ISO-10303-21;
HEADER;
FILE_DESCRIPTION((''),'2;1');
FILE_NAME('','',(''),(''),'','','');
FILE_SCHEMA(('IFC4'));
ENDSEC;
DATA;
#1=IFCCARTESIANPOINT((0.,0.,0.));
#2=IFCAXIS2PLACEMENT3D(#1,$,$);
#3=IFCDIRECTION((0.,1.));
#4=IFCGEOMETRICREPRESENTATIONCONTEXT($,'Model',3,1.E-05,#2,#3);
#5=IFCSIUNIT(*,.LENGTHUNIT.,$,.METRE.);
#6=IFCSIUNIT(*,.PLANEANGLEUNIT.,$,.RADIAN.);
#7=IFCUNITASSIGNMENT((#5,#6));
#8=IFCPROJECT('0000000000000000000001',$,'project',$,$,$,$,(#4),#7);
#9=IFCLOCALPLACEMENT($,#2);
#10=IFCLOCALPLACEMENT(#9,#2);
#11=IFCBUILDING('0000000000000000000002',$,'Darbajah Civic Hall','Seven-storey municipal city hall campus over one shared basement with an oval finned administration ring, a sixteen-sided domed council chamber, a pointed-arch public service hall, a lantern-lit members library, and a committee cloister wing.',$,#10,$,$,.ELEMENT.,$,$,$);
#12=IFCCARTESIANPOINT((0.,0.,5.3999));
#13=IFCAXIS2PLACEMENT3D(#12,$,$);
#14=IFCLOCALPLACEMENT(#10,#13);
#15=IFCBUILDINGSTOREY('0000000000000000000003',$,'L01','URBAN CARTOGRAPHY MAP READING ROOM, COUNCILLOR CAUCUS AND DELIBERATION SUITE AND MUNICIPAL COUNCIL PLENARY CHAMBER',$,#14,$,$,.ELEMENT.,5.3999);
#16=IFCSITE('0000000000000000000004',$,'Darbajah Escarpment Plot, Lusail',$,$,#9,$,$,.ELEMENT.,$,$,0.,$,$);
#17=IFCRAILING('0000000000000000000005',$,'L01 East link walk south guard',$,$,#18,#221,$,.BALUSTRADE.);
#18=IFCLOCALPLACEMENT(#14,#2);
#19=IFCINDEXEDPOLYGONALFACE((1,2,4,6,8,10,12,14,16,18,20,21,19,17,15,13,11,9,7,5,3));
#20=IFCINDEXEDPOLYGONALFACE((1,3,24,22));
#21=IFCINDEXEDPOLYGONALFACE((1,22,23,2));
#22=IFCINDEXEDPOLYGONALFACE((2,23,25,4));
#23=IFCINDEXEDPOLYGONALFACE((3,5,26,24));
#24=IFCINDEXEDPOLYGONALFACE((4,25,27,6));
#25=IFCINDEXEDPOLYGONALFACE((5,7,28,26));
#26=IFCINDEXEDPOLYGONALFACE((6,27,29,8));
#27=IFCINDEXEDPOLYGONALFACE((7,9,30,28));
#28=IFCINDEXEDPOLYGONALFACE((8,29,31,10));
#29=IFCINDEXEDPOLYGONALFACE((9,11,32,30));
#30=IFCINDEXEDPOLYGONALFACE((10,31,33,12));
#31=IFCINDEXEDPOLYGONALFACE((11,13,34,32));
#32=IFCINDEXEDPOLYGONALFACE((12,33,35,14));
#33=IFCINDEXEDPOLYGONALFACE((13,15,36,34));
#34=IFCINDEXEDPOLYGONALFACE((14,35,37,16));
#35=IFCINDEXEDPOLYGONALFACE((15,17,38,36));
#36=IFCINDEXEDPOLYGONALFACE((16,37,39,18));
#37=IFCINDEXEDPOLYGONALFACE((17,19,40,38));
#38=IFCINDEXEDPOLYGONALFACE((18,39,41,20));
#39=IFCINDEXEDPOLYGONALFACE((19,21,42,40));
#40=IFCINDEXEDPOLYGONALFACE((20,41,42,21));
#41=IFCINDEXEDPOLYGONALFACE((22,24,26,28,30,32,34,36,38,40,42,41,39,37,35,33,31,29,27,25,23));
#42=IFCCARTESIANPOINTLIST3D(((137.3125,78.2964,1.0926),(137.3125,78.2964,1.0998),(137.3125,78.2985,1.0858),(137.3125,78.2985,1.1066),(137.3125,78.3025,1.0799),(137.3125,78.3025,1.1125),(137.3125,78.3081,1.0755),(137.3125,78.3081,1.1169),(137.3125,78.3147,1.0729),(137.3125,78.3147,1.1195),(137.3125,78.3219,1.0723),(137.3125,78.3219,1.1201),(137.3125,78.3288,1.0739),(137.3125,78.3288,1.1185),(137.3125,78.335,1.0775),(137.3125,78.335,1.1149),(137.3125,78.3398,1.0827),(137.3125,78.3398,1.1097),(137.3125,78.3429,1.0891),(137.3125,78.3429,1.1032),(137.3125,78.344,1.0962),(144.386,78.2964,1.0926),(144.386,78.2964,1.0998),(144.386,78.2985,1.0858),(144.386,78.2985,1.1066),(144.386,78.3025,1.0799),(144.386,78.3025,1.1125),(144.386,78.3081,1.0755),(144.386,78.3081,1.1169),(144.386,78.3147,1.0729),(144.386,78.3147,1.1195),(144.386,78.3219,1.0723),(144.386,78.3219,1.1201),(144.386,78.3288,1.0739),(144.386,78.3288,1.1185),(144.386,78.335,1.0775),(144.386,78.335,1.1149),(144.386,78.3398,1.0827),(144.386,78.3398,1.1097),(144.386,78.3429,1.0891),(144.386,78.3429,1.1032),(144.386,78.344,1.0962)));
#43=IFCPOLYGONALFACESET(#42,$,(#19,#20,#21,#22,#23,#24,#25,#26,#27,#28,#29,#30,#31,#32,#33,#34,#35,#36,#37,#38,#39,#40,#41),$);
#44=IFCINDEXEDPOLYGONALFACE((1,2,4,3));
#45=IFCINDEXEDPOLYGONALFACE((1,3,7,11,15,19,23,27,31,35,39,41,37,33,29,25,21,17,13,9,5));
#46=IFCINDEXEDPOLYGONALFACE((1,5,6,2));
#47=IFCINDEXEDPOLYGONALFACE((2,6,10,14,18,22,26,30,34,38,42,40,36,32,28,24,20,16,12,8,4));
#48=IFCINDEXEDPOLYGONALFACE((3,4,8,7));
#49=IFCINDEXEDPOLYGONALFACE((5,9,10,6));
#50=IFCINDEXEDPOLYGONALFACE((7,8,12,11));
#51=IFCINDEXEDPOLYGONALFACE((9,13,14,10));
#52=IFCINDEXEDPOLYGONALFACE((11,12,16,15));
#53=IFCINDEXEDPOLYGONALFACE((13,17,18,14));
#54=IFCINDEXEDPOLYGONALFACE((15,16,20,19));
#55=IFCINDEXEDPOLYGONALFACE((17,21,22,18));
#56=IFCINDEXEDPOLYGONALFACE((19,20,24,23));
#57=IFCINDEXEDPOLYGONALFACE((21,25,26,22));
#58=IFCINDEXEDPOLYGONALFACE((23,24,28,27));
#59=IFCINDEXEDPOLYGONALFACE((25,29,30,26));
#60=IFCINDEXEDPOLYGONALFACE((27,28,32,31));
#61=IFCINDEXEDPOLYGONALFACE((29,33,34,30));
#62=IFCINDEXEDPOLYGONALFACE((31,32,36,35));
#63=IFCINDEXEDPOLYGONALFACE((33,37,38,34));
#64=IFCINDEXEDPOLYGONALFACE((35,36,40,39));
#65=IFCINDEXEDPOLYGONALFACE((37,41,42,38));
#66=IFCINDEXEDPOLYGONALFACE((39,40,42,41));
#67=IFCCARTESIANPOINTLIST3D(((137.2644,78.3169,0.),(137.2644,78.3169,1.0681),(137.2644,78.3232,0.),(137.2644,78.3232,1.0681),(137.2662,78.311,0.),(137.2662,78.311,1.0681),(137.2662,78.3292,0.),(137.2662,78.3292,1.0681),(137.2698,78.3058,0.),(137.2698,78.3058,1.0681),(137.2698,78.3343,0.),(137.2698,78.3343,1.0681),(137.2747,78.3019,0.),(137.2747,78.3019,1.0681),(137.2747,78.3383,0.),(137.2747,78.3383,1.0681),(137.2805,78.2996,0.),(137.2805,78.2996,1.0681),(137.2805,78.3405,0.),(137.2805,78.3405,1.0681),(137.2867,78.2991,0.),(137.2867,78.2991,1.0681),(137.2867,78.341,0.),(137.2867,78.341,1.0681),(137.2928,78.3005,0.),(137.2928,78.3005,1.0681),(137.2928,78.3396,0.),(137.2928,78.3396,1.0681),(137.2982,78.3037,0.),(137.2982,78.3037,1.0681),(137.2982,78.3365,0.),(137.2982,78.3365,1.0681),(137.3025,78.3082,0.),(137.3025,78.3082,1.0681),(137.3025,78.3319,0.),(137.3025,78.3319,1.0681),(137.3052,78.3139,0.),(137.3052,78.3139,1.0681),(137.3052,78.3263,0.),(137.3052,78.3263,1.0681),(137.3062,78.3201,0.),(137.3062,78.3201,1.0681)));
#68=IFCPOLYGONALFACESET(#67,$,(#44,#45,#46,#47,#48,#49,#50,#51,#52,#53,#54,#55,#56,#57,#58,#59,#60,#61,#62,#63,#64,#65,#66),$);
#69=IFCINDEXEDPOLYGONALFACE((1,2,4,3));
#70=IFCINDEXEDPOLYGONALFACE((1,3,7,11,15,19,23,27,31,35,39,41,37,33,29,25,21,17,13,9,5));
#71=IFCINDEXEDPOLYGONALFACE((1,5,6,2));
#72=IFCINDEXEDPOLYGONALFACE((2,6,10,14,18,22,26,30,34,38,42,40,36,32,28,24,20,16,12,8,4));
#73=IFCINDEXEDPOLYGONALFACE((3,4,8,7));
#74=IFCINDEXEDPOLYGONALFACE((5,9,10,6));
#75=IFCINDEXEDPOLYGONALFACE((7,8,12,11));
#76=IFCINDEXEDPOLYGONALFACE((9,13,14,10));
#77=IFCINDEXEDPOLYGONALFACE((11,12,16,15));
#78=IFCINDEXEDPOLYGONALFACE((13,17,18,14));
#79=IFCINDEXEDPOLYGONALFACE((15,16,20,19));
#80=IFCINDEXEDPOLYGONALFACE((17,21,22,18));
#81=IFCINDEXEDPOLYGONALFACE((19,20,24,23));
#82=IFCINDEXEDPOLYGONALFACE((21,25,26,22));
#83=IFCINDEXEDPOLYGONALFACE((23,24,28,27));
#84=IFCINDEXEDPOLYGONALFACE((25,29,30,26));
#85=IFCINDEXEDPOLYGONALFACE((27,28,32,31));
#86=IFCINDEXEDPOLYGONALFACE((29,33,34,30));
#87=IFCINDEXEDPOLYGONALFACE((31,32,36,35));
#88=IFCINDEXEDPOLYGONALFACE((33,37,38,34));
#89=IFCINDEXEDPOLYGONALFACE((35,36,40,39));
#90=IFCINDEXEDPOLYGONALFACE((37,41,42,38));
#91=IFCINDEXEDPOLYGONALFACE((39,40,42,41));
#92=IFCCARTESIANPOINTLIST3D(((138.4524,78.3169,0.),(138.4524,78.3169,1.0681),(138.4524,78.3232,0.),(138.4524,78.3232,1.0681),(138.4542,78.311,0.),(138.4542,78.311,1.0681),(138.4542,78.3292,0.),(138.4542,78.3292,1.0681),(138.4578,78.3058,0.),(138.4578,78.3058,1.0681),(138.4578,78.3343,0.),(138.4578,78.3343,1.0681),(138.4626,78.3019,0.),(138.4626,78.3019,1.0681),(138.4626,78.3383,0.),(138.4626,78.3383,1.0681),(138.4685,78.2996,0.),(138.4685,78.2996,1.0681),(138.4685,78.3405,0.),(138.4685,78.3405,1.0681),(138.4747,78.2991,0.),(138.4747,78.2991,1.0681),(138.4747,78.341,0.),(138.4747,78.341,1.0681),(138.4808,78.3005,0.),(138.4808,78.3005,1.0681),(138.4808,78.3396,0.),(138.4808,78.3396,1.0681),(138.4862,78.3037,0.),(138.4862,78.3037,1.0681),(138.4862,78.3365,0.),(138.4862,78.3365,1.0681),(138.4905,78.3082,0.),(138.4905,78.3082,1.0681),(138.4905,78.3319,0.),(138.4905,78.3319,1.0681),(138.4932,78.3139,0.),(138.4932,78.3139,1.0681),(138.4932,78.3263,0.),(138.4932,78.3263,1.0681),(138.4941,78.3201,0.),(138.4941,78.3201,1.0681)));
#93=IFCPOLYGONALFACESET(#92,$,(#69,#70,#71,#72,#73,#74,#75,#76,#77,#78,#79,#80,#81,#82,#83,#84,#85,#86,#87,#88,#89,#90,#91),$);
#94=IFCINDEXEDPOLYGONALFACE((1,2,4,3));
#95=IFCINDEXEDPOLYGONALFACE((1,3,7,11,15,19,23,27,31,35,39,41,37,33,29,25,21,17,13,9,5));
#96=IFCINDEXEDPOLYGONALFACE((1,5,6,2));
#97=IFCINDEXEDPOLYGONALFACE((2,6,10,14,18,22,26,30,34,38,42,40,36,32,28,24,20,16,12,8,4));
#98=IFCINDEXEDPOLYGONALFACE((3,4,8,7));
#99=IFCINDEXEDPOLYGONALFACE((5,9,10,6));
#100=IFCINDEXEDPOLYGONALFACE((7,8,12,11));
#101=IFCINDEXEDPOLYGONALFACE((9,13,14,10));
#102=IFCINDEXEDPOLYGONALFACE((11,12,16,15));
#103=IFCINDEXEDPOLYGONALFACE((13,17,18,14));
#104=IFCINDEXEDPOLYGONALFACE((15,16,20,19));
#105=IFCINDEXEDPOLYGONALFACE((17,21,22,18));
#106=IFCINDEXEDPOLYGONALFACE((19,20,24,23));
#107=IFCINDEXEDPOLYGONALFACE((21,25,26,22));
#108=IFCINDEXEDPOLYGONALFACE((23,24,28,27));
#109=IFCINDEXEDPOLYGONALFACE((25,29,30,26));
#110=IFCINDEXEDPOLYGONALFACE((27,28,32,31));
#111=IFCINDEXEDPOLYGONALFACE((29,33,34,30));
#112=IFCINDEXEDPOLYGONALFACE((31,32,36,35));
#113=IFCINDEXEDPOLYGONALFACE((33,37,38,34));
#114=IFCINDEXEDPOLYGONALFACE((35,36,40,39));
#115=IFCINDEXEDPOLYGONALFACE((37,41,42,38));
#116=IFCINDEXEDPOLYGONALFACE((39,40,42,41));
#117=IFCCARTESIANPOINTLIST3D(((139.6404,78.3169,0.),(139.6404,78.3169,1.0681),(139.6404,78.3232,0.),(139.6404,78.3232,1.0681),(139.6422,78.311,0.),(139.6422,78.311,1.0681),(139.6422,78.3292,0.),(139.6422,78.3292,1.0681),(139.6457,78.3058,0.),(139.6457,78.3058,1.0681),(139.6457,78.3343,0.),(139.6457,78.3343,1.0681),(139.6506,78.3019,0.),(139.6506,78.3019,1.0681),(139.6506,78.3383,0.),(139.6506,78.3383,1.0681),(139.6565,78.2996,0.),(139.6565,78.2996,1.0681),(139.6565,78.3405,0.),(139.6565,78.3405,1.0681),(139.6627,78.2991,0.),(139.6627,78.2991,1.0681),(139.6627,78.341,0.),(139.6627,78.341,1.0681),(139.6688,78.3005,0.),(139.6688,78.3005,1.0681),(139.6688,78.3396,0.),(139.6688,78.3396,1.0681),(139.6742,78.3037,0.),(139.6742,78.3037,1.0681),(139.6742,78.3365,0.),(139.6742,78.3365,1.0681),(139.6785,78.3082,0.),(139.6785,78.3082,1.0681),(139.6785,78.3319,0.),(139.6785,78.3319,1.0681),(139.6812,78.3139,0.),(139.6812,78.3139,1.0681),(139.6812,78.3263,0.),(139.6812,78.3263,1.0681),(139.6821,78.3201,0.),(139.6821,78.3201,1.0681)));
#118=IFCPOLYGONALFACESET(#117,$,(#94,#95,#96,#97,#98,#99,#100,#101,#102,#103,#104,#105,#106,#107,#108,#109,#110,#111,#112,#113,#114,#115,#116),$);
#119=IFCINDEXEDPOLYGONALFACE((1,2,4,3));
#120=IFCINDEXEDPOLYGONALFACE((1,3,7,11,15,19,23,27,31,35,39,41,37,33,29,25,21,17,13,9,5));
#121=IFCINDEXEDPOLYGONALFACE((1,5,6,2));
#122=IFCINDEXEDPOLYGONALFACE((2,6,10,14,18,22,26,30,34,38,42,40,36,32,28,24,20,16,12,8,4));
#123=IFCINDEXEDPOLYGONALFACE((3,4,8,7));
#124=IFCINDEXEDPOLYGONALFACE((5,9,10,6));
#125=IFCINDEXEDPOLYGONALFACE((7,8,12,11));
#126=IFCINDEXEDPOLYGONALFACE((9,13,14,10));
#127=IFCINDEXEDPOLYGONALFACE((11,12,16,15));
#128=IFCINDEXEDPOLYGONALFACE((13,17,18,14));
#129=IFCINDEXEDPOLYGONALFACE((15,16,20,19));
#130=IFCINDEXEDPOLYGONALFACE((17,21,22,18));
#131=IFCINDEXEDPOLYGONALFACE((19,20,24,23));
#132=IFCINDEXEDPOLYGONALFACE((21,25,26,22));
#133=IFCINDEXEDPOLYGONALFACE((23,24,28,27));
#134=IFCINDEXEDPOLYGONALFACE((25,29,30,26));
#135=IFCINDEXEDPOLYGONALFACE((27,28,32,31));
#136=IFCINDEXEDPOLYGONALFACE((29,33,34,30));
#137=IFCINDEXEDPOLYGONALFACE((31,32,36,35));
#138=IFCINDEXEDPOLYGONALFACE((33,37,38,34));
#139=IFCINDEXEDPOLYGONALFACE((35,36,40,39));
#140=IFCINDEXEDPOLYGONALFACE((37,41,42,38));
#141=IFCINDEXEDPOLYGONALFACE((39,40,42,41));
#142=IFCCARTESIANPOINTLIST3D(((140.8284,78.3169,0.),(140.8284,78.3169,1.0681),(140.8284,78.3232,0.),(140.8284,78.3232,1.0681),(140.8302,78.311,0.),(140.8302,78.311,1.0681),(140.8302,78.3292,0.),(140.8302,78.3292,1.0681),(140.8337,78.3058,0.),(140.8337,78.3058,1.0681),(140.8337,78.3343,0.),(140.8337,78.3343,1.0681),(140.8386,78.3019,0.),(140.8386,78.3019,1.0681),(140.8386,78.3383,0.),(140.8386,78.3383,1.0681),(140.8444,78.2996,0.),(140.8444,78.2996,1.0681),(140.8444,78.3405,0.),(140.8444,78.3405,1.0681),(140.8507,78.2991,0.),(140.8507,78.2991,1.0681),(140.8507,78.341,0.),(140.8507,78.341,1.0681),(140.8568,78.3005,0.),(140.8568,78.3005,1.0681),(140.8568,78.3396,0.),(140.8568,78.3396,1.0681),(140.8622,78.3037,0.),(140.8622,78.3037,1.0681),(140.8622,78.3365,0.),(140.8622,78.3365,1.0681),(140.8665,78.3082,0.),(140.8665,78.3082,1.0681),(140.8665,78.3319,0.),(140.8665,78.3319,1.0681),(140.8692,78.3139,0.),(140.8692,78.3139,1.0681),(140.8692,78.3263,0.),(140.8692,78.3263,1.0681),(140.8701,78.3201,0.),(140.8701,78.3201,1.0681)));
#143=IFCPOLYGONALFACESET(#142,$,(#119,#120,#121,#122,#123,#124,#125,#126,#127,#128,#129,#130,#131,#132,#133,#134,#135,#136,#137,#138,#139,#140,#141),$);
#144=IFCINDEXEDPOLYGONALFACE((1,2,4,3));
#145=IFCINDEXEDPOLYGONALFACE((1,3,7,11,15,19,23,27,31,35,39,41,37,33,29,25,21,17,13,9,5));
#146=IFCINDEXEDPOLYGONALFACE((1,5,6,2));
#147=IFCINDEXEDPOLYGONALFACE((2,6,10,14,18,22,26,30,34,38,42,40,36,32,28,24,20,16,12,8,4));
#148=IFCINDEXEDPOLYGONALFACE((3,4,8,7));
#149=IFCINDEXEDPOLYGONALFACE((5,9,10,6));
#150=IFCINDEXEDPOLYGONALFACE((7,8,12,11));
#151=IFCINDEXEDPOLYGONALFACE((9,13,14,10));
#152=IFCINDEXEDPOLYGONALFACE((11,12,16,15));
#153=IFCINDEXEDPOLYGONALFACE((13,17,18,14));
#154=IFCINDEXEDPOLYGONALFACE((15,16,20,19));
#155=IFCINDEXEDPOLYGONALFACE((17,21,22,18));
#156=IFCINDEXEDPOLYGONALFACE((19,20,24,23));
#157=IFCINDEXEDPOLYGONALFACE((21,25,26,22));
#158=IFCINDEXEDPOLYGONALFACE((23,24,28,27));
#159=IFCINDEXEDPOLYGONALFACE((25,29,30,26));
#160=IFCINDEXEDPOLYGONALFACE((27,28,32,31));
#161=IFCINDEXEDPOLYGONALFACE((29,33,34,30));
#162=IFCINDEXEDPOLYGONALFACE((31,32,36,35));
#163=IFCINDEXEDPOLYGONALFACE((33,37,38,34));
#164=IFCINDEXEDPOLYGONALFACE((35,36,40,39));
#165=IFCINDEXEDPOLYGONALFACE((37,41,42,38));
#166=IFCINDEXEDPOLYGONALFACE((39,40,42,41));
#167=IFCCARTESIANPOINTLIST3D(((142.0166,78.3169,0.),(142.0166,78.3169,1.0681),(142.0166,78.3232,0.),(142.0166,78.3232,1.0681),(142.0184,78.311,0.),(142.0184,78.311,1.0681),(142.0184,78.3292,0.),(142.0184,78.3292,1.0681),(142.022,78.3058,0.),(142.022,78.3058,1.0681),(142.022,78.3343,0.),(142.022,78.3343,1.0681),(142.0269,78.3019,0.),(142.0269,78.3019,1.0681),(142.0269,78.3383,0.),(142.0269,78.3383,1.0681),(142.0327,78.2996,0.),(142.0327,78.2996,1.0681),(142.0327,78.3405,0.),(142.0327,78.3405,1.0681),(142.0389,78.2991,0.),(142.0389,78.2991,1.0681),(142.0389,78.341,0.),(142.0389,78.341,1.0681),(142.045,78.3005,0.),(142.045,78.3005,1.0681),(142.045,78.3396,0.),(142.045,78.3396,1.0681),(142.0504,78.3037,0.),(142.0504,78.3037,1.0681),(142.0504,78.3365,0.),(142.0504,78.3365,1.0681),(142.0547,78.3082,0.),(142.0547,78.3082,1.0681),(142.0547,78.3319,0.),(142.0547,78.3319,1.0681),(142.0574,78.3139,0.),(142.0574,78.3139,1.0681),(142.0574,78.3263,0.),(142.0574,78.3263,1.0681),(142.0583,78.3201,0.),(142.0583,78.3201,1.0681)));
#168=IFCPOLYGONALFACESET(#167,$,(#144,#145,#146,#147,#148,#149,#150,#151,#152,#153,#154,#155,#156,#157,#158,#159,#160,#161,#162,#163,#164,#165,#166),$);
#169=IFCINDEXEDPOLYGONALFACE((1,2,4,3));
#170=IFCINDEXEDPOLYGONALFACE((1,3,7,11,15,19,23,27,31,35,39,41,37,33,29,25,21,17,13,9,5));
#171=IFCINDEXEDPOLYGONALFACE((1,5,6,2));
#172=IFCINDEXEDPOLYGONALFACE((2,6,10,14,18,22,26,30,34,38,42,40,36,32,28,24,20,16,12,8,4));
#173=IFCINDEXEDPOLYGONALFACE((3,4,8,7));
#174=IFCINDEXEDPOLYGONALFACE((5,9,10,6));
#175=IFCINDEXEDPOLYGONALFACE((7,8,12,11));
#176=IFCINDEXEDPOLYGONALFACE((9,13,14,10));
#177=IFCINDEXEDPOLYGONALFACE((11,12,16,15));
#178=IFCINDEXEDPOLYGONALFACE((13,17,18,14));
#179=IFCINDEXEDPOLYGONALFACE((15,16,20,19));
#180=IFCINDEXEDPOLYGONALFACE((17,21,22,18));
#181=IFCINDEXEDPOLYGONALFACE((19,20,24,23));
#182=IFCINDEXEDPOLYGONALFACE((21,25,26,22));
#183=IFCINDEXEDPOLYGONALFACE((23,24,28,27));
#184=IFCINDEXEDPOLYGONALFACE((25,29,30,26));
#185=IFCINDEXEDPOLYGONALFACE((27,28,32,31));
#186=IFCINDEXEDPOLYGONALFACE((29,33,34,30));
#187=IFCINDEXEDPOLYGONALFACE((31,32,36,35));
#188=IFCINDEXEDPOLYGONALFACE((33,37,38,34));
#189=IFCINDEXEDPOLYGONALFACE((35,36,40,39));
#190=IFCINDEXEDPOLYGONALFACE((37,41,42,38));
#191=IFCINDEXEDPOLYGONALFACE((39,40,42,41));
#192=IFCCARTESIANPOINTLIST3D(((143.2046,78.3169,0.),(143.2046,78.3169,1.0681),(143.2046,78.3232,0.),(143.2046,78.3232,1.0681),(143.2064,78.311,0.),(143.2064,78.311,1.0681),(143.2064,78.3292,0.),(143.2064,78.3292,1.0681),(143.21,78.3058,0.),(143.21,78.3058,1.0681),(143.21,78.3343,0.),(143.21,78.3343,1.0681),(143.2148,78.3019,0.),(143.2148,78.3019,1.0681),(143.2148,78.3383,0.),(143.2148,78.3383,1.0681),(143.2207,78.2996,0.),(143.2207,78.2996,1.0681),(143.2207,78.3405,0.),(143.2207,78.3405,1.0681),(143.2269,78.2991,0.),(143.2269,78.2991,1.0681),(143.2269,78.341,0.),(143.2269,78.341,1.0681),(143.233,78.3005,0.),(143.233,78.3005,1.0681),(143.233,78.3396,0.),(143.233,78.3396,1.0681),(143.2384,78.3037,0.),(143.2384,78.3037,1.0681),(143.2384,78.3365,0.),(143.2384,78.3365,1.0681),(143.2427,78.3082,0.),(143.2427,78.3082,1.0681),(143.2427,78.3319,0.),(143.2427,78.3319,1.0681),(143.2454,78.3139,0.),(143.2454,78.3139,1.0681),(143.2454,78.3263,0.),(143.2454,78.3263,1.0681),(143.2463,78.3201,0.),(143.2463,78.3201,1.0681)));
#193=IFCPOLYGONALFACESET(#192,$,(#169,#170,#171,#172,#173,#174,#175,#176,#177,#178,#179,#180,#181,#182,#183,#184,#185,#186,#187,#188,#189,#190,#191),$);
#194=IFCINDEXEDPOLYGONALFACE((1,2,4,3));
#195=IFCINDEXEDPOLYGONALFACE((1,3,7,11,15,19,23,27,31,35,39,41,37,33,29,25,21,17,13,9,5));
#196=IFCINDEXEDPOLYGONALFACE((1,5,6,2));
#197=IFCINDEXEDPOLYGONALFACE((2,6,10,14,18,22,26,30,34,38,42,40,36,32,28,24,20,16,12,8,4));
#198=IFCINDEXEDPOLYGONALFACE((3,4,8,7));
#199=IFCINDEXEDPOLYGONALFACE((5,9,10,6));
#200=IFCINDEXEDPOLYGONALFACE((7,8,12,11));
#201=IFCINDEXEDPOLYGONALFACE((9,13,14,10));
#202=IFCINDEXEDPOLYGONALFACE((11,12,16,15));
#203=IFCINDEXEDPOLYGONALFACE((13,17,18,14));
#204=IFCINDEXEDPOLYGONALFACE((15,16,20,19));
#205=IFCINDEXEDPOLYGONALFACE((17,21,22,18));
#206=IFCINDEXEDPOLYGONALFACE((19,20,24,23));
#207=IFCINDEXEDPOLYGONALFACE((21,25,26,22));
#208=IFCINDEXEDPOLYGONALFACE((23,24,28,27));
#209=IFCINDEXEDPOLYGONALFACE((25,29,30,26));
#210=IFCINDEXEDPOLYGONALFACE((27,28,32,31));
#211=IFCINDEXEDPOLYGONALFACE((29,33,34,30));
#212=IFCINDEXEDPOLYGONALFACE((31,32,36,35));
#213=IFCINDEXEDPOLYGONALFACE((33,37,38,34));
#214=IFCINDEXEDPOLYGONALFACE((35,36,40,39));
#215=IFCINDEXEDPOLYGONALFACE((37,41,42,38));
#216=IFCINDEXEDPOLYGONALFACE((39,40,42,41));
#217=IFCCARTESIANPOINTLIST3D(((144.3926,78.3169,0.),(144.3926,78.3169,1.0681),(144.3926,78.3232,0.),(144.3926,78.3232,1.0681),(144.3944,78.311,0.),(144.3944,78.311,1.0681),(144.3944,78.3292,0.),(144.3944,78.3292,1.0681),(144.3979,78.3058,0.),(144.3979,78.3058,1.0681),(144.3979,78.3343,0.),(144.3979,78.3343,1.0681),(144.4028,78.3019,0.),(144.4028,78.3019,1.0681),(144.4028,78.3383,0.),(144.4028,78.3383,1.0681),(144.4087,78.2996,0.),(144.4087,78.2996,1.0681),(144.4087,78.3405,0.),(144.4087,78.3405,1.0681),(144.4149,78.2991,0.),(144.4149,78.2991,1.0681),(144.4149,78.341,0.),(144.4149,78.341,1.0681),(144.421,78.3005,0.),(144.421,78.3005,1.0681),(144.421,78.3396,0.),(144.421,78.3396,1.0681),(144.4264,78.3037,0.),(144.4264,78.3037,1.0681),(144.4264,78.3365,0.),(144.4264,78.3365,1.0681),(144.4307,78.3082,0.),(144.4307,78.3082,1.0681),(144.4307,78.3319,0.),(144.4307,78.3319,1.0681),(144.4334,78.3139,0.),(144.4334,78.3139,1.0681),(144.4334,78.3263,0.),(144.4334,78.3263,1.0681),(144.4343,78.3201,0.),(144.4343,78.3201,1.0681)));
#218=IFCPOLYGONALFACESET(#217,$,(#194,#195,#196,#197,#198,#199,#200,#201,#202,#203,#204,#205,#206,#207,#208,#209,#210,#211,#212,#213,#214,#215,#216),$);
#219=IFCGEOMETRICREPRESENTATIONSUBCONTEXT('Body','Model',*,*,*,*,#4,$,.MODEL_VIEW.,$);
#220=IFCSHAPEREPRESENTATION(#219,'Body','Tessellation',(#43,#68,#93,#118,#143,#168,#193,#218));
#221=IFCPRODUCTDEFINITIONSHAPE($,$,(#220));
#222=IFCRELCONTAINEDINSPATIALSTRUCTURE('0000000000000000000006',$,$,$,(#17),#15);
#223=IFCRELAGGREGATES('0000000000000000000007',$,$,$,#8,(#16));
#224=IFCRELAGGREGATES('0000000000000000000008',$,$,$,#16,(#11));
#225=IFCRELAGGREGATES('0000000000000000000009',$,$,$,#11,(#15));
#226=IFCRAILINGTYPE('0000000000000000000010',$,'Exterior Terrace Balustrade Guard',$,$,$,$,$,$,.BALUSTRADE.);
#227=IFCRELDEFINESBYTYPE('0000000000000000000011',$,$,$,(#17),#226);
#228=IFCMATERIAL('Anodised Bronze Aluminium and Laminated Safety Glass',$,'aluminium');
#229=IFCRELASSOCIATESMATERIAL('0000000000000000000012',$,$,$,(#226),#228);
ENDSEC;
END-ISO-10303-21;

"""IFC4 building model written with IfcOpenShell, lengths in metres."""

from ifc_helpers import new_model, si_unit, direction, frame, origin, origin_2d, place, context, subcontext, project, spatial, circle, extrude, material, type_object, element, save


model = new_model("IFC4")

# Units and contexts
model_context = context("Model", 3, precision=1e-05, world=origin(), true_north=direction((0.0, 1.0)))
body_context = subcontext(model_context, "Body", "Model", "MODEL_VIEW")
ifc_project = project(units=[si_unit("LENGTHUNIT", "METRE"), si_unit("PLANEANGLEUNIT", "RADIAN")], contexts=[model_context])

# Site, building, storey
site_placement = place(None, origin())
site = spatial("IfcSite", under=ifc_project, at=site_placement, Name="Darbajah Escarpment Plot, Lusail", CompositionType="ELEMENT", RefElevation=0.0)
building_placement = place(site_placement, origin())
building = spatial("IfcBuilding", under=site, at=building_placement, Name="Darbajah Civic Hall", Description="Seven-storey municipal city hall campus over one shared basement with an oval finned administration ring, a sixteen-sided domed council chamber, a pointed-arch public service hall, a lantern-lit members library, and a committee cloister wing.", CompositionType="ELEMENT")
storey_placement = place(building_placement, frame((0.0, 0.0, 5.3999)))
storey = spatial("IfcBuildingStorey", under=building, at=storey_placement, Name="L01", Description="URBAN CARTOGRAPHY MAP READING ROOM, COUNCILLOR CAUCUS AND DELIBERATION SUITE AND MUNICIPAL COUNCIL PLENARY CHAMBER", CompositionType="ELEMENT", Elevation=5.3999)

# Railing
ifc_material_1 = material(Name="Anodised Bronze Aluminium and Laminated Safety Glass", Category="aluminium")
railing_type = type_object("IfcRailingType", Name="Exterior Terrace Balustrade Guard", PredefinedType="BALUSTRADE", material=ifc_material_1)
railing_placement = place(storey_placement, frame((137.2852, 78.3201, 0.0)))
element("IfcRailing", 1, at=railing_placement, inside=storey, type_object=railing_type, Name="L01 East link walk south guard", PredefinedType="BALUSTRADE", context=body_context, shape_type="SweptSolid", body=[
    extrude(circle(Radius=0.0239, at=origin_2d()), frame((0.0273, 0.0, 1.0962), z_axis=(1.0, 0.0, 0.0), x_axis=(0.0, 1.0, 0.0)), (0.0, 0.0, 1.0), 7.0735),
    extrude(circle(Radius=0.021, at=origin_2d()), origin(), (0.0, 0.0, 1.0), 1.0681),
    extrude(circle(Radius=0.021, at=origin_2d()), frame((1.188, 0.0, 0.0)), (0.0, 0.0, 1.0), 1.0681),
    extrude(circle(Radius=0.021, at=origin_2d()), frame((2.376, 0.0, 0.0)), (0.0, 0.0, 1.0), 1.0681),
    extrude(circle(Radius=0.021, at=origin_2d()), frame((3.564, 0.0, 0.0)), (0.0, 0.0, 1.0), 1.0681),
    extrude(circle(Radius=0.021, at=origin_2d()), frame((4.7522, 0.0, 0.0)), (0.0, 0.0, 1.0), 1.0681),
    extrude(circle(Radius=0.021, at=origin_2d()), frame((5.9402, 0.0, 0.0)), (0.0, 0.0, 1.0), 1.0681),
    extrude(circle(Radius=0.021, at=origin_2d()), frame((7.1282, 0.0, 0.0)), (0.0, 0.0, 1.0), 1.0681),
])

save(model, "model.ifc")
